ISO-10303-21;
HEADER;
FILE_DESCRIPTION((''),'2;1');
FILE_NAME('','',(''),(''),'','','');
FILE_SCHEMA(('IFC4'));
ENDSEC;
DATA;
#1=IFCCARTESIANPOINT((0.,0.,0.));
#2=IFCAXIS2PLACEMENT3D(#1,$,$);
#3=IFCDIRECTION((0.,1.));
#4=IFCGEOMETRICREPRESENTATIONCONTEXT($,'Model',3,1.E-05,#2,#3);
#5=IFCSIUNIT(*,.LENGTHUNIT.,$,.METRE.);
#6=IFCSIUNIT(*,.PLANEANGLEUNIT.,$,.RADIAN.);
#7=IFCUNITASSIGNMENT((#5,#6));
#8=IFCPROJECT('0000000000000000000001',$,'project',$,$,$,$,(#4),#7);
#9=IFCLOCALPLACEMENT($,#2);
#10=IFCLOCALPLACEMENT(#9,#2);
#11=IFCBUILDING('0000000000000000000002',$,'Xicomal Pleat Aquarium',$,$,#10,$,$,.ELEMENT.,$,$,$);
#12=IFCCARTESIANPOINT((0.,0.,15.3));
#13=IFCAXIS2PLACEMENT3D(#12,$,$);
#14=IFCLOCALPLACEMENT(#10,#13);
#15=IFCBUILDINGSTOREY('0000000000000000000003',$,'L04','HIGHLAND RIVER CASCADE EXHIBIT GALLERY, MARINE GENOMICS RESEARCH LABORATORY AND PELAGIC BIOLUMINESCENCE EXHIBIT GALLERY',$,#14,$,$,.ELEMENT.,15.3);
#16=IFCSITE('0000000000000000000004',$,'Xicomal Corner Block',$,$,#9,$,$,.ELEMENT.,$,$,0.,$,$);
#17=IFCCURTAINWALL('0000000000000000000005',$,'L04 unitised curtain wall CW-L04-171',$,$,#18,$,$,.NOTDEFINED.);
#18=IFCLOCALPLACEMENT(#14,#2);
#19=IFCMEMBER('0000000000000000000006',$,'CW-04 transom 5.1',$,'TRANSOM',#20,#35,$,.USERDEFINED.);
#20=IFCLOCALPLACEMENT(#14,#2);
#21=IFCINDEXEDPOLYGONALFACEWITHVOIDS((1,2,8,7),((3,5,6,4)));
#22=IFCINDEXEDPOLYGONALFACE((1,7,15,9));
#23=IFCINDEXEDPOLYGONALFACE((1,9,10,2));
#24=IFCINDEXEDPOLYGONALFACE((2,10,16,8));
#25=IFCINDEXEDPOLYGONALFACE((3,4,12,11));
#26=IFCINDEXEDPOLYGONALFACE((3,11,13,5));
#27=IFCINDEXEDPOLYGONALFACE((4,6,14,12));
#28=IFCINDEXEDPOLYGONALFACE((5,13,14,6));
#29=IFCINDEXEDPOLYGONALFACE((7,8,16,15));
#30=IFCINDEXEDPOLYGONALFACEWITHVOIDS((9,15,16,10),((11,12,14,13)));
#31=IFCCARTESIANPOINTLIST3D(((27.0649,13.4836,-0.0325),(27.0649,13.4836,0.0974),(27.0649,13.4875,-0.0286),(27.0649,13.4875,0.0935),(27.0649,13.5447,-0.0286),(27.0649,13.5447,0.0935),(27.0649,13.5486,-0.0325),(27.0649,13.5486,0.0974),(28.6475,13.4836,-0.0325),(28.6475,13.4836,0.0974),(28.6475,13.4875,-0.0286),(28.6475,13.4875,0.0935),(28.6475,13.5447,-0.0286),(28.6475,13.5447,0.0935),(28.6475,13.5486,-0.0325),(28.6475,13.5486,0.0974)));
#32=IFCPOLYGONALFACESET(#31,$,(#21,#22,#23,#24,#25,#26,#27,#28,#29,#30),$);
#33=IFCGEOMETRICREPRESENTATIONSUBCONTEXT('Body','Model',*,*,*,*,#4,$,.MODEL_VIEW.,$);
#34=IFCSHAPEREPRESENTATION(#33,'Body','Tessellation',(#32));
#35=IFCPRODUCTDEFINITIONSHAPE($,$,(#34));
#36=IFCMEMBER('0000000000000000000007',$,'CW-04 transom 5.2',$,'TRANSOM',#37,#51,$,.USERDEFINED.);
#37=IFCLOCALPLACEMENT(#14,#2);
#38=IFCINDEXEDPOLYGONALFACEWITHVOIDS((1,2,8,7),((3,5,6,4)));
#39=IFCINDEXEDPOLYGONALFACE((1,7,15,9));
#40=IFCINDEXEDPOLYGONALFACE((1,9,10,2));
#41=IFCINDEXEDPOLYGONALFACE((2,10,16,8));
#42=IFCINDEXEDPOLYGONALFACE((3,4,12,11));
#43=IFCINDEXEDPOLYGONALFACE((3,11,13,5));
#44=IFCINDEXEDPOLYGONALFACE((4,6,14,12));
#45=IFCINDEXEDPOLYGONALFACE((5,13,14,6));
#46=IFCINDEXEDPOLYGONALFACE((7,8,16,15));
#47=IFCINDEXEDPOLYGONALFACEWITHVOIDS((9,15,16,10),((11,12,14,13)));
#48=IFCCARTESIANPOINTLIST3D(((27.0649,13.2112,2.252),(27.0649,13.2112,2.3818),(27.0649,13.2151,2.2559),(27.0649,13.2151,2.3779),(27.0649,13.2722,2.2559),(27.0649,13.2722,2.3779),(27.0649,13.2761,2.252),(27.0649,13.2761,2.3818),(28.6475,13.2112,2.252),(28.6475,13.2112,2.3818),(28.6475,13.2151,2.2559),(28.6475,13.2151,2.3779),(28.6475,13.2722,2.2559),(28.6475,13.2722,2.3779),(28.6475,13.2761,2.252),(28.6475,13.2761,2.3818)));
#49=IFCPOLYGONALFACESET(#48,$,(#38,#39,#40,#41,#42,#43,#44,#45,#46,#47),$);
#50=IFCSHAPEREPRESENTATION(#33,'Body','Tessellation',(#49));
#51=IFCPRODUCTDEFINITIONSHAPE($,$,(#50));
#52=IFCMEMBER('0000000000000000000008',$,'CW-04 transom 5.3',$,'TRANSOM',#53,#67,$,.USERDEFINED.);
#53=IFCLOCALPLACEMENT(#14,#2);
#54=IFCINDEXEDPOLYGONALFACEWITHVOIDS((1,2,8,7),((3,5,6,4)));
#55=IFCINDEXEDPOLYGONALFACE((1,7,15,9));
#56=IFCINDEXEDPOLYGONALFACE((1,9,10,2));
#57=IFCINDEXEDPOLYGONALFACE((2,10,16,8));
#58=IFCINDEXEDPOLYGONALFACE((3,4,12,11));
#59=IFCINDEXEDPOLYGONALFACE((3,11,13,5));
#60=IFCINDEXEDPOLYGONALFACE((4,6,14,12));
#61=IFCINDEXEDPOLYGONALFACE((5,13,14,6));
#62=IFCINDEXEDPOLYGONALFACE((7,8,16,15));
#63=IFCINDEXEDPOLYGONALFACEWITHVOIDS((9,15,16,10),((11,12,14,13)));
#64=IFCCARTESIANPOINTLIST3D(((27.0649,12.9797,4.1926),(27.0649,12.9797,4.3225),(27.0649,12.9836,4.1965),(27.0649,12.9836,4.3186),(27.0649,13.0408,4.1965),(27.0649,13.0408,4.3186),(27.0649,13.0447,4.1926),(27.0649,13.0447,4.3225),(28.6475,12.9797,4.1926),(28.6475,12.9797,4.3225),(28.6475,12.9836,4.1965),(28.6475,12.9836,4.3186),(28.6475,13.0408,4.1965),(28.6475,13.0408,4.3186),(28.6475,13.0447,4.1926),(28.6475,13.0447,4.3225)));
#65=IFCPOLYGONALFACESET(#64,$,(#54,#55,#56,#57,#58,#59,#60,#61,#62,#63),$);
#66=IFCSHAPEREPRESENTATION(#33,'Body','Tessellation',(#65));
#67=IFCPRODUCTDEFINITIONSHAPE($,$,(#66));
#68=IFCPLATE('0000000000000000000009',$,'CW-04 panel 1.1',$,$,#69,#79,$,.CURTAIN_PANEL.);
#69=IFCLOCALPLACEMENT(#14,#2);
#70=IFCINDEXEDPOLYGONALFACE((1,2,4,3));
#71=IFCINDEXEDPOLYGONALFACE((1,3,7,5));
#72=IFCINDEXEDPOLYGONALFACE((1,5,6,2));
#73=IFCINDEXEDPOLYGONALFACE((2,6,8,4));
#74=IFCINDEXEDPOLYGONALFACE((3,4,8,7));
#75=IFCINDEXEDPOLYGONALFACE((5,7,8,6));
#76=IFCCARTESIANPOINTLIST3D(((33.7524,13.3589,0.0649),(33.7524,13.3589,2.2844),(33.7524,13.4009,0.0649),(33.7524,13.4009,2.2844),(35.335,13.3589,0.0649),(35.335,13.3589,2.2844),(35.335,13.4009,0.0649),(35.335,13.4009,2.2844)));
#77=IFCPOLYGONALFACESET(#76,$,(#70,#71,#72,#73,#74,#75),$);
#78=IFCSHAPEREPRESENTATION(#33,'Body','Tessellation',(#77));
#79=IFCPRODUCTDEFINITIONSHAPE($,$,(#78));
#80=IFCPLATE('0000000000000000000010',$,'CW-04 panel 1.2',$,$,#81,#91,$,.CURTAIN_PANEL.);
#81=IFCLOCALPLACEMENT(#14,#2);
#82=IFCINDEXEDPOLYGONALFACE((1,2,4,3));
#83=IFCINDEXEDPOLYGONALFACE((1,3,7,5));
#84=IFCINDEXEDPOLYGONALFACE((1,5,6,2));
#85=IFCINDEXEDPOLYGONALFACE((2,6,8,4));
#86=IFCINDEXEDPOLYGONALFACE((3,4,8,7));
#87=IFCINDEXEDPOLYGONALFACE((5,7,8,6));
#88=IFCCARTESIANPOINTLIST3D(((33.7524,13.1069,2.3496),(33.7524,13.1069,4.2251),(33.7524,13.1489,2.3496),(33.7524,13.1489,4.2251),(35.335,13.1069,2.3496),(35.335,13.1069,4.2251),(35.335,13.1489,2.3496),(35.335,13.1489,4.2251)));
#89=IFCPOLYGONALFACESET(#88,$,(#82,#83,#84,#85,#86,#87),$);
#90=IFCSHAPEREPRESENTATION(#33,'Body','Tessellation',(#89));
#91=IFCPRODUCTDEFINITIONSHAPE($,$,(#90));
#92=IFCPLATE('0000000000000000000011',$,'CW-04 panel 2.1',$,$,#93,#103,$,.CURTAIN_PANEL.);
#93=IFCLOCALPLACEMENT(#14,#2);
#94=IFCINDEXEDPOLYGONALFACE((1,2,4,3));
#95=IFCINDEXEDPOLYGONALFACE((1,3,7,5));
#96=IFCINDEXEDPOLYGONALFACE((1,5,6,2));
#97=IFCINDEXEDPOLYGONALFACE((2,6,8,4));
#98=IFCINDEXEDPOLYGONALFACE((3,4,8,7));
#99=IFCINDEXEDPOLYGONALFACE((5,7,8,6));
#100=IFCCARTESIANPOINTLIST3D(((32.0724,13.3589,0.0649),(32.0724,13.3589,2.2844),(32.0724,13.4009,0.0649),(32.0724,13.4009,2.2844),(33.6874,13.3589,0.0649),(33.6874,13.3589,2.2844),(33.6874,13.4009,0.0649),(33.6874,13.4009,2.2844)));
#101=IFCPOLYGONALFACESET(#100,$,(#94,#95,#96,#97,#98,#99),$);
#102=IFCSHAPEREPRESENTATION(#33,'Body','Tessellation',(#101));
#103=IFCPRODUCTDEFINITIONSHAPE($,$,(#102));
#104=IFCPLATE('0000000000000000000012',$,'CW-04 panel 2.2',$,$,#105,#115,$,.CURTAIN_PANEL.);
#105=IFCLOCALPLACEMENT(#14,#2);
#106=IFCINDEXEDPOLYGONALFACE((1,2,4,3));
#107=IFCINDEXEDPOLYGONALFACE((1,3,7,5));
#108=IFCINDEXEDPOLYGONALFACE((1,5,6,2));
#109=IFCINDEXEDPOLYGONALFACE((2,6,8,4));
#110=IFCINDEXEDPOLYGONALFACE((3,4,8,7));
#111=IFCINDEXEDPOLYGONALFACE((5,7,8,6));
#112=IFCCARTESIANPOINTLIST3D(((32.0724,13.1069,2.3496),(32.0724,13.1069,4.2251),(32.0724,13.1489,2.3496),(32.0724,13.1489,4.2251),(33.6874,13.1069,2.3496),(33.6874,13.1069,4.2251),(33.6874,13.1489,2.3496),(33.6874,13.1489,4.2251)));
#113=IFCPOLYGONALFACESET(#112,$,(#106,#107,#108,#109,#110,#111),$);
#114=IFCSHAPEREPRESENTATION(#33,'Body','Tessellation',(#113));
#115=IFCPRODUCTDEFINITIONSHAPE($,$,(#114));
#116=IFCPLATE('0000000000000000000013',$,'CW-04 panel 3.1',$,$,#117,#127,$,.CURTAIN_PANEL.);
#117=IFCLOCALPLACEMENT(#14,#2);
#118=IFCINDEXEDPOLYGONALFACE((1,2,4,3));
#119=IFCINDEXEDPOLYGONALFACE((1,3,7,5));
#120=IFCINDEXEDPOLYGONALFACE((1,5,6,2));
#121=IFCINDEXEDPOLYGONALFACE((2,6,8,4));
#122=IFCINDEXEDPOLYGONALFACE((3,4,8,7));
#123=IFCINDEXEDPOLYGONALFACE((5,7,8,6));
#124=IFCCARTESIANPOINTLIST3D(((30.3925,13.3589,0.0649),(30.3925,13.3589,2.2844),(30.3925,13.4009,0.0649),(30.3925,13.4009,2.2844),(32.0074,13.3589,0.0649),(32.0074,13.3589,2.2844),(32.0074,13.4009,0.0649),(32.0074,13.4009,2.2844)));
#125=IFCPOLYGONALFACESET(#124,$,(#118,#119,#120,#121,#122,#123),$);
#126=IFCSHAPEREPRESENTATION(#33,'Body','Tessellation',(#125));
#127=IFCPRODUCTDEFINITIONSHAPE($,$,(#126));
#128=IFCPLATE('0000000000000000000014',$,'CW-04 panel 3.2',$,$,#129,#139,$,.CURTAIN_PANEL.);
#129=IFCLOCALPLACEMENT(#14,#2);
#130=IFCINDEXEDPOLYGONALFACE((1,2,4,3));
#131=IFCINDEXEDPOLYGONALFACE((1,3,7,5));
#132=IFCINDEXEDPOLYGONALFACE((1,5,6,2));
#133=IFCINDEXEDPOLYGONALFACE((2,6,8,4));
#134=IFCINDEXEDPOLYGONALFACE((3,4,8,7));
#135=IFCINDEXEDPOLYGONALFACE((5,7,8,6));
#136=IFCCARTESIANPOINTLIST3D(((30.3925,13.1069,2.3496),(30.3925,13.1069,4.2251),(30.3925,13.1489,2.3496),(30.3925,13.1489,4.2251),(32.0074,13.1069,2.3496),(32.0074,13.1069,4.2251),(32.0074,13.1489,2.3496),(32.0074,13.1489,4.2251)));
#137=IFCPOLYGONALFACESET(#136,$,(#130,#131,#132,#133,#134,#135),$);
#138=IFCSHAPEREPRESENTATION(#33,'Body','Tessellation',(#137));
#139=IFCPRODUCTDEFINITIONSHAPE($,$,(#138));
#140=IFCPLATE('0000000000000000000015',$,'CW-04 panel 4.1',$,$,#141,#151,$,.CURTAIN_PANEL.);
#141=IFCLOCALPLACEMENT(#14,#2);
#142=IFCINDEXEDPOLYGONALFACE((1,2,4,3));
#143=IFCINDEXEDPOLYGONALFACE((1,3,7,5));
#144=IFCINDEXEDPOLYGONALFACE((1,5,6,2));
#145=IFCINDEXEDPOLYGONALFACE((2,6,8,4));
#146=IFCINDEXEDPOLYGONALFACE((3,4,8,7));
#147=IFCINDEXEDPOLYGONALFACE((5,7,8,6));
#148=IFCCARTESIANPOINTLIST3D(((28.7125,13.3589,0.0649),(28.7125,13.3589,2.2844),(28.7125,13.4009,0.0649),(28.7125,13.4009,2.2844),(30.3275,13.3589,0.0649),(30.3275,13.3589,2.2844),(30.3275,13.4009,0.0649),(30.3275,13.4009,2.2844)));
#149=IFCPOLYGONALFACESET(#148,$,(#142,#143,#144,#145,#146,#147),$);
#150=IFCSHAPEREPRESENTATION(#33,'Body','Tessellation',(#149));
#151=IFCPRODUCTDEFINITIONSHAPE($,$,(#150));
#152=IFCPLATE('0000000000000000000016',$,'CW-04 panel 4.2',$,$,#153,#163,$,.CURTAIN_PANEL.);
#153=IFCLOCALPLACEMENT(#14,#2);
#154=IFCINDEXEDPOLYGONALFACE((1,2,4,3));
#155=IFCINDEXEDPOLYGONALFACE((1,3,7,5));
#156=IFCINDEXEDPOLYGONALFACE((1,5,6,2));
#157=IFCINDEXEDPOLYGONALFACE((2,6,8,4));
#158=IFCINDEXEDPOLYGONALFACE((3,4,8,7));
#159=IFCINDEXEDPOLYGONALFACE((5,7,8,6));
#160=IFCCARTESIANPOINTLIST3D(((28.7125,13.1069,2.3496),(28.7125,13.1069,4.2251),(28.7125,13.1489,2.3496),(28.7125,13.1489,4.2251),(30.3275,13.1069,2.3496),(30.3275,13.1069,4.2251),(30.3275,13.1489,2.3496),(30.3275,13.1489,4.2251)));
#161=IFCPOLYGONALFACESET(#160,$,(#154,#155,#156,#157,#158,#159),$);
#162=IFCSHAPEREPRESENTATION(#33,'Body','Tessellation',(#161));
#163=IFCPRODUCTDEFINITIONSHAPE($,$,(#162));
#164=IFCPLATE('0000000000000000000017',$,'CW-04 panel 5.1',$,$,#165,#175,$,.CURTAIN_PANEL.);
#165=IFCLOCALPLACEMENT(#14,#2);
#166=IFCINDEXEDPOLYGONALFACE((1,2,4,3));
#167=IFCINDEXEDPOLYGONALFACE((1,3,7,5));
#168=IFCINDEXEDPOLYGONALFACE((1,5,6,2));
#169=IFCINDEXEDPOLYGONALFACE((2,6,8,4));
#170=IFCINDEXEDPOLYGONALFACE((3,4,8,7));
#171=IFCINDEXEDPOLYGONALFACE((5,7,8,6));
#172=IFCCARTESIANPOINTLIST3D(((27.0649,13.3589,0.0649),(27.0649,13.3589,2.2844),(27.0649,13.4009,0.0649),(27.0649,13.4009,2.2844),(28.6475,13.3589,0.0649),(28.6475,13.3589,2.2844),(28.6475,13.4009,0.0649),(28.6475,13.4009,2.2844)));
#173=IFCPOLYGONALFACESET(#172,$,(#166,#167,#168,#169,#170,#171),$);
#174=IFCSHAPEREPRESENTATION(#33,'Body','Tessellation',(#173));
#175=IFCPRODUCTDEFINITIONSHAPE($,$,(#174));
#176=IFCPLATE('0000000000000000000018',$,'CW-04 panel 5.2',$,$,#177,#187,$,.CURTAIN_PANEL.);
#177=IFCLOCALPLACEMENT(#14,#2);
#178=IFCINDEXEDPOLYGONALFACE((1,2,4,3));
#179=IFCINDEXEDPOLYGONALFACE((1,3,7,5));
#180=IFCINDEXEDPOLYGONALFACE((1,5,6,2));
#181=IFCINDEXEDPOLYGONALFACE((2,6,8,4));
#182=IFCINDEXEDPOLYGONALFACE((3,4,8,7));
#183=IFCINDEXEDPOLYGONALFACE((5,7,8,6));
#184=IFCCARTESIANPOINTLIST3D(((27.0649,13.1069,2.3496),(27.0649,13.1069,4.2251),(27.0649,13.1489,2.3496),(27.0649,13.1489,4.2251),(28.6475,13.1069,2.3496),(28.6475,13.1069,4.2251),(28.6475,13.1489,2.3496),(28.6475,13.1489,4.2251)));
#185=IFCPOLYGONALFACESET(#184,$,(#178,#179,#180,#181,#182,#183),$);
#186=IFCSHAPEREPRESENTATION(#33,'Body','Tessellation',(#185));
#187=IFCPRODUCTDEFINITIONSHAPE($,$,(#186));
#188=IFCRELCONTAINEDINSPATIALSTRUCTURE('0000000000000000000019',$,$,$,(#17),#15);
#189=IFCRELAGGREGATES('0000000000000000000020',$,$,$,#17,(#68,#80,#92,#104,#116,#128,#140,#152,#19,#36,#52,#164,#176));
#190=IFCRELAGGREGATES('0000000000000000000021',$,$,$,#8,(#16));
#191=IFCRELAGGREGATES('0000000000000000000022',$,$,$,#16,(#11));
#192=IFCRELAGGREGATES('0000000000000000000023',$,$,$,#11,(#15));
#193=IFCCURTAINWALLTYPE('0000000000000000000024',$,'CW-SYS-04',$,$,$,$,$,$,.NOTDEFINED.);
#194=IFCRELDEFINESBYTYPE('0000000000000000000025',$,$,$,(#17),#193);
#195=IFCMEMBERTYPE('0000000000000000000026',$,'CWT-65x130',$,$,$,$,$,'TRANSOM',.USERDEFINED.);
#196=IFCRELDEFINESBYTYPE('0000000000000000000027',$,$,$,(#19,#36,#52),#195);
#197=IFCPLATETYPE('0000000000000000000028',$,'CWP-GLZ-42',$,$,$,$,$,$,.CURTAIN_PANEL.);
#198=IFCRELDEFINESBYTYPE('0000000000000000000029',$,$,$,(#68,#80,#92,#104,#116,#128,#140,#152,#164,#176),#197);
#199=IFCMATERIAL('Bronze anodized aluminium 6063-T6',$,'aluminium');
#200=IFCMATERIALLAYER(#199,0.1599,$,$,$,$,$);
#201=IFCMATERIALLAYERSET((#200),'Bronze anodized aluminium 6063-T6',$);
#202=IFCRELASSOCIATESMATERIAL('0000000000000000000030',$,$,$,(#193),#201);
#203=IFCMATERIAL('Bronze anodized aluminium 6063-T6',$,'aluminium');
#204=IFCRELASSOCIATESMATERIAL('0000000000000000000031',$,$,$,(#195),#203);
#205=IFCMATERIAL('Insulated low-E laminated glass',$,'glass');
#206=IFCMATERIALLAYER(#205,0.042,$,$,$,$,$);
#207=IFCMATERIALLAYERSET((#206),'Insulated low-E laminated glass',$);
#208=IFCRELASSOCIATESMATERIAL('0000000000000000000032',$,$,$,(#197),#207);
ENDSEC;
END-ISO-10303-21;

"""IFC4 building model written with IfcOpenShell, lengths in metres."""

from ifc_helpers import new_model, si_unit, direction, frame, origin, origin_2d, place, context, subcontext, project, spatial, rectangle, hollow_rectangle, extrude, material, layer, layer_set, material_profile, profile_set, type_object, element, aggregate, save


model = new_model("IFC4")

# Units and contexts
model_context = context("Model", 3, precision=1e-05, world=origin(), true_north=direction((0.0, 1.0)))
body_context = subcontext(model_context, "Body", "Model", "MODEL_VIEW")
ifc_project = project(units=[si_unit("LENGTHUNIT", "METRE"), si_unit("PLANEANGLEUNIT", "RADIAN")], contexts=[model_context])

# Site, building, storey
site_placement = place(None, origin())
site = spatial("IfcSite", under=ifc_project, at=site_placement, Name="Xicomal Corner Block", CompositionType="ELEMENT", RefElevation=0.0)
building_placement = place(site_placement, origin())
building = spatial("IfcBuilding", under=site, at=building_placement, Name="Xicomal Pleat Aquarium", CompositionType="ELEMENT")
storey_placement = place(building_placement, frame((0.0, 0.0, 15.3)))
storey = spatial("IfcBuildingStorey", under=building, at=storey_placement, Name="L04", Description="HIGHLAND RIVER CASCADE EXHIBIT GALLERY, MARINE GENOMICS RESEARCH LABORATORY AND PELAGIC BIOLUMINESCENCE EXHIBIT GALLERY", CompositionType="ELEMENT", Elevation=15.3)

# Curtain wall, members, plates
ifc_material_1 = material(Name="Bronze anodized aluminium 6063-T6", Category="aluminium")
ifc_layer_1 = layer(ifc_material_1, 0.1599)
ifc_layer_set_1 = layer_set([ifc_layer_1], Name="Bronze anodized aluminium 6063-T6")
curtain_wall_type = type_object("IfcCurtainWallType", Name="CW-SYS-04", PredefinedType="NOTDEFINED", material=ifc_layer_set_1)
curtain_wall_placement = place(storey_placement, origin())
curtain_wall = element("IfcCurtainWall", 1, at=curtain_wall_placement, inside=storey, type_object=curtain_wall_type, Name="L04 unitised curtain wall CW-L04-171", PredefinedType="NOTDEFINED")
ifc_material_2 = material(Name="Bronze anodized aluminium 6063-T6", Category="aluminium")
ifc_material_profile_1 = material_profile(ifc_material_2, hollow_rectangle(XDim=0.0649, YDim=0.1299, WallThickness=0.0039, at=origin_2d()), Name="ALU TRAN 65x130")
ifc_profile_set_1 = profile_set([ifc_material_profile_1], Name="Bronze anodized aluminium 6063-T6")
member_type_1 = type_object("IfcMemberType", Name="CWT-65x130", ElementType="TRANSOM", PredefinedType="USERDEFINED", material=ifc_profile_set_1)
member_1_placement = place(storey_placement, frame((28.6475, 13.5161, 0.0325), z_axis=(-1.0, 0.0, 0.0), x_axis=(0.0, -1.0, 0.0)))
member_1 = element("IfcMember", 2, at=member_1_placement, type_object=member_type_1, Name="CW-04 transom 5.1", ObjectType="TRANSOM", PredefinedType="USERDEFINED", context=body_context, shape_type="SweptSolid", body=[
    extrude(hollow_rectangle(XDim=0.0649, YDim=0.1299, WallThickness=0.0039, at=origin_2d()), origin(), (0.0, 0.0, 1.0), 1.5825),
])
member_2_placement = place(storey_placement, frame((28.6475, 13.2437, 2.3169), z_axis=(-1.0, 0.0, 0.0), x_axis=(0.0, -1.0, 0.0)))
member_2 = element("IfcMember", 3, at=member_2_placement, type_object=member_type_1, Name="CW-04 transom 5.2", ObjectType="TRANSOM", PredefinedType="USERDEFINED", context=body_context, shape_type="SweptSolid", body=[
    extrude(hollow_rectangle(XDim=0.0649, YDim=0.1299, WallThickness=0.0039, at=origin_2d()), origin(), (0.0, 0.0, 1.0), 1.5825),
])
member_3_placement = place(storey_placement, frame((28.6475, 13.0122, 4.2576), z_axis=(-1.0, 0.0, 0.0), x_axis=(0.0, -1.0, 0.0)))
member_3 = element("IfcMember", 4, at=member_3_placement, type_object=member_type_1, Name="CW-04 transom 5.3", ObjectType="TRANSOM", PredefinedType="USERDEFINED", context=body_context, shape_type="SweptSolid", body=[
    extrude(hollow_rectangle(XDim=0.0649, YDim=0.1299, WallThickness=0.0039, at=origin_2d()), origin(), (0.0, 0.0, 1.0), 1.5825),
])
ifc_material_3 = material(Name="Insulated low-E laminated glass", Category="glass")
ifc_layer_2 = layer(ifc_material_3, 0.042)
ifc_layer_set_2 = layer_set([ifc_layer_2], Name="Insulated low-E laminated glass")
plate_type = type_object("IfcPlateType", Name="CWP-GLZ-42", PredefinedType="CURTAIN_PANEL", material=ifc_layer_set_2)
plate_1_placement = place(storey_placement, frame((34.5437, 13.3799, 0.0649), z_axis=(0.0, 0.0, 1.0), x_axis=(-1.0, 0.0, 0.0)))
plate_1 = element("IfcPlate", 5, at=plate_1_placement, type_object=plate_type, Name="CW-04 panel 1.1", PredefinedType="CURTAIN_PANEL", context=body_context, shape_type="SweptSolid", body=[
    extrude(rectangle(XDim=1.5825, YDim=0.042, at=origin_2d()), origin(), (0.0, 0.0, 1.0), 2.2195),
])
plate_2_placement = place(storey_placement, frame((34.5437, 13.1279, 2.3496), z_axis=(0.0, 0.0, 1.0), x_axis=(-1.0, 0.0, 0.0)))
plate_2 = element("IfcPlate", 6, at=plate_2_placement, type_object=plate_type, Name="CW-04 panel 1.2", PredefinedType="CURTAIN_PANEL", context=body_context, shape_type="SweptSolid", body=[
    extrude(rectangle(XDim=1.5825, YDim=0.042, at=origin_2d()), origin(), (0.0, 0.0, 1.0), 1.8755),
])
plate_3_placement = place(storey_placement, frame((32.8799, 13.3799, 0.0649), z_axis=(0.0, 0.0, 1.0), x_axis=(-1.0, 0.0, 0.0)))
plate_3 = element("IfcPlate", 7, at=plate_3_placement, type_object=plate_type, Name="CW-04 panel 2.1", PredefinedType="CURTAIN_PANEL", context=body_context, shape_type="SweptSolid", body=[
    extrude(rectangle(XDim=1.615, YDim=0.042, at=origin_2d()), origin(), (0.0, 0.0, 1.0), 2.2195),
])
plate_4_placement = place(storey_placement, frame((32.8799, 13.1279, 2.3496), z_axis=(0.0, 0.0, 1.0), x_axis=(-1.0, 0.0, 0.0)))
plate_4 = element("IfcPlate", 8, at=plate_4_placement, type_object=plate_type, Name="CW-04 panel 2.2", PredefinedType="CURTAIN_PANEL", context=body_context, shape_type="SweptSolid", body=[
    extrude(rectangle(XDim=1.615, YDim=0.042, at=origin_2d()), origin(), (0.0, 0.0, 1.0), 1.8755),
])
plate_5_placement = place(storey_placement, frame((31.2, 13.3799, 0.0649), z_axis=(0.0, 0.0, 1.0), x_axis=(-1.0, 0.0, 0.0)))
plate_5 = element("IfcPlate", 9, at=plate_5_placement, type_object=plate_type, Name="CW-04 panel 3.1", PredefinedType="CURTAIN_PANEL", context=body_context, shape_type="SweptSolid", body=[
    extrude(rectangle(XDim=1.615, YDim=0.042, at=origin_2d()), origin(), (0.0, 0.0, 1.0), 2.2195),
])
plate_6_placement = place(storey_placement, frame((31.2, 13.1279, 2.3496), z_axis=(0.0, 0.0, 1.0), x_axis=(-1.0, 0.0, 0.0)))
plate_6 = element("IfcPlate", 10, at=plate_6_placement, type_object=plate_type, Name="CW-04 panel 3.2", PredefinedType="CURTAIN_PANEL", context=body_context, shape_type="SweptSolid", body=[
    extrude(rectangle(XDim=1.615, YDim=0.042, at=origin_2d()), origin(), (0.0, 0.0, 1.0), 1.8755),
])
plate_7_placement = place(storey_placement, frame((29.52, 13.3799, 0.0649), z_axis=(0.0, 0.0, 1.0), x_axis=(-1.0, 0.0, 0.0)))
plate_7 = element("IfcPlate", 11, at=plate_7_placement, type_object=plate_type, Name="CW-04 panel 4.1", PredefinedType="CURTAIN_PANEL", context=body_context, shape_type="SweptSolid", body=[
    extrude(rectangle(XDim=1.615, YDim=0.042, at=origin_2d()), origin(), (0.0, 0.0, 1.0), 2.2195),
])
plate_8_placement = place(storey_placement, frame((29.52, 13.1279, 2.3496), z_axis=(0.0, 0.0, 1.0), x_axis=(-1.0, 0.0, 0.0)))
plate_8 = element("IfcPlate", 12, at=plate_8_placement, type_object=plate_type, Name="CW-04 panel 4.2", PredefinedType="CURTAIN_PANEL", context=body_context, shape_type="SweptSolid", body=[
    extrude(rectangle(XDim=1.615, YDim=0.042, at=origin_2d()), origin(), (0.0, 0.0, 1.0), 1.8755),
])
plate_9_placement = place(storey_placement, frame((27.8562, 13.3799, 0.0649), z_axis=(0.0, 0.0, 1.0), x_axis=(-1.0, 0.0, 0.0)))
plate_9 = element("IfcPlate", 13, at=plate_9_placement, type_object=plate_type, Name="CW-04 panel 5.1", PredefinedType="CURTAIN_PANEL", context=body_context, shape_type="SweptSolid", body=[
    extrude(rectangle(XDim=1.5825, YDim=0.042, at=origin_2d()), origin(), (0.0, 0.0, 1.0), 2.2195),
])
plate_10_placement = place(storey_placement, frame((27.8562, 13.1279, 2.3496), z_axis=(0.0, 0.0, 1.0), x_axis=(-1.0, 0.0, 0.0)))
plate_10 = element("IfcPlate", 14, at=plate_10_placement, type_object=plate_type, Name="CW-04 panel 5.2", PredefinedType="CURTAIN_PANEL", context=body_context, shape_type="SweptSolid", body=[
    extrude(rectangle(XDim=1.5825, YDim=0.042, at=origin_2d()), origin(), (0.0, 0.0, 1.0), 1.8755),
])
aggregate(curtain_wall, [plate_1, plate_2, plate_3, plate_4, plate_5, plate_6, plate_7, plate_8, member_1, member_2, member_3, plate_9, plate_10])

save(model, "model.ifc")
